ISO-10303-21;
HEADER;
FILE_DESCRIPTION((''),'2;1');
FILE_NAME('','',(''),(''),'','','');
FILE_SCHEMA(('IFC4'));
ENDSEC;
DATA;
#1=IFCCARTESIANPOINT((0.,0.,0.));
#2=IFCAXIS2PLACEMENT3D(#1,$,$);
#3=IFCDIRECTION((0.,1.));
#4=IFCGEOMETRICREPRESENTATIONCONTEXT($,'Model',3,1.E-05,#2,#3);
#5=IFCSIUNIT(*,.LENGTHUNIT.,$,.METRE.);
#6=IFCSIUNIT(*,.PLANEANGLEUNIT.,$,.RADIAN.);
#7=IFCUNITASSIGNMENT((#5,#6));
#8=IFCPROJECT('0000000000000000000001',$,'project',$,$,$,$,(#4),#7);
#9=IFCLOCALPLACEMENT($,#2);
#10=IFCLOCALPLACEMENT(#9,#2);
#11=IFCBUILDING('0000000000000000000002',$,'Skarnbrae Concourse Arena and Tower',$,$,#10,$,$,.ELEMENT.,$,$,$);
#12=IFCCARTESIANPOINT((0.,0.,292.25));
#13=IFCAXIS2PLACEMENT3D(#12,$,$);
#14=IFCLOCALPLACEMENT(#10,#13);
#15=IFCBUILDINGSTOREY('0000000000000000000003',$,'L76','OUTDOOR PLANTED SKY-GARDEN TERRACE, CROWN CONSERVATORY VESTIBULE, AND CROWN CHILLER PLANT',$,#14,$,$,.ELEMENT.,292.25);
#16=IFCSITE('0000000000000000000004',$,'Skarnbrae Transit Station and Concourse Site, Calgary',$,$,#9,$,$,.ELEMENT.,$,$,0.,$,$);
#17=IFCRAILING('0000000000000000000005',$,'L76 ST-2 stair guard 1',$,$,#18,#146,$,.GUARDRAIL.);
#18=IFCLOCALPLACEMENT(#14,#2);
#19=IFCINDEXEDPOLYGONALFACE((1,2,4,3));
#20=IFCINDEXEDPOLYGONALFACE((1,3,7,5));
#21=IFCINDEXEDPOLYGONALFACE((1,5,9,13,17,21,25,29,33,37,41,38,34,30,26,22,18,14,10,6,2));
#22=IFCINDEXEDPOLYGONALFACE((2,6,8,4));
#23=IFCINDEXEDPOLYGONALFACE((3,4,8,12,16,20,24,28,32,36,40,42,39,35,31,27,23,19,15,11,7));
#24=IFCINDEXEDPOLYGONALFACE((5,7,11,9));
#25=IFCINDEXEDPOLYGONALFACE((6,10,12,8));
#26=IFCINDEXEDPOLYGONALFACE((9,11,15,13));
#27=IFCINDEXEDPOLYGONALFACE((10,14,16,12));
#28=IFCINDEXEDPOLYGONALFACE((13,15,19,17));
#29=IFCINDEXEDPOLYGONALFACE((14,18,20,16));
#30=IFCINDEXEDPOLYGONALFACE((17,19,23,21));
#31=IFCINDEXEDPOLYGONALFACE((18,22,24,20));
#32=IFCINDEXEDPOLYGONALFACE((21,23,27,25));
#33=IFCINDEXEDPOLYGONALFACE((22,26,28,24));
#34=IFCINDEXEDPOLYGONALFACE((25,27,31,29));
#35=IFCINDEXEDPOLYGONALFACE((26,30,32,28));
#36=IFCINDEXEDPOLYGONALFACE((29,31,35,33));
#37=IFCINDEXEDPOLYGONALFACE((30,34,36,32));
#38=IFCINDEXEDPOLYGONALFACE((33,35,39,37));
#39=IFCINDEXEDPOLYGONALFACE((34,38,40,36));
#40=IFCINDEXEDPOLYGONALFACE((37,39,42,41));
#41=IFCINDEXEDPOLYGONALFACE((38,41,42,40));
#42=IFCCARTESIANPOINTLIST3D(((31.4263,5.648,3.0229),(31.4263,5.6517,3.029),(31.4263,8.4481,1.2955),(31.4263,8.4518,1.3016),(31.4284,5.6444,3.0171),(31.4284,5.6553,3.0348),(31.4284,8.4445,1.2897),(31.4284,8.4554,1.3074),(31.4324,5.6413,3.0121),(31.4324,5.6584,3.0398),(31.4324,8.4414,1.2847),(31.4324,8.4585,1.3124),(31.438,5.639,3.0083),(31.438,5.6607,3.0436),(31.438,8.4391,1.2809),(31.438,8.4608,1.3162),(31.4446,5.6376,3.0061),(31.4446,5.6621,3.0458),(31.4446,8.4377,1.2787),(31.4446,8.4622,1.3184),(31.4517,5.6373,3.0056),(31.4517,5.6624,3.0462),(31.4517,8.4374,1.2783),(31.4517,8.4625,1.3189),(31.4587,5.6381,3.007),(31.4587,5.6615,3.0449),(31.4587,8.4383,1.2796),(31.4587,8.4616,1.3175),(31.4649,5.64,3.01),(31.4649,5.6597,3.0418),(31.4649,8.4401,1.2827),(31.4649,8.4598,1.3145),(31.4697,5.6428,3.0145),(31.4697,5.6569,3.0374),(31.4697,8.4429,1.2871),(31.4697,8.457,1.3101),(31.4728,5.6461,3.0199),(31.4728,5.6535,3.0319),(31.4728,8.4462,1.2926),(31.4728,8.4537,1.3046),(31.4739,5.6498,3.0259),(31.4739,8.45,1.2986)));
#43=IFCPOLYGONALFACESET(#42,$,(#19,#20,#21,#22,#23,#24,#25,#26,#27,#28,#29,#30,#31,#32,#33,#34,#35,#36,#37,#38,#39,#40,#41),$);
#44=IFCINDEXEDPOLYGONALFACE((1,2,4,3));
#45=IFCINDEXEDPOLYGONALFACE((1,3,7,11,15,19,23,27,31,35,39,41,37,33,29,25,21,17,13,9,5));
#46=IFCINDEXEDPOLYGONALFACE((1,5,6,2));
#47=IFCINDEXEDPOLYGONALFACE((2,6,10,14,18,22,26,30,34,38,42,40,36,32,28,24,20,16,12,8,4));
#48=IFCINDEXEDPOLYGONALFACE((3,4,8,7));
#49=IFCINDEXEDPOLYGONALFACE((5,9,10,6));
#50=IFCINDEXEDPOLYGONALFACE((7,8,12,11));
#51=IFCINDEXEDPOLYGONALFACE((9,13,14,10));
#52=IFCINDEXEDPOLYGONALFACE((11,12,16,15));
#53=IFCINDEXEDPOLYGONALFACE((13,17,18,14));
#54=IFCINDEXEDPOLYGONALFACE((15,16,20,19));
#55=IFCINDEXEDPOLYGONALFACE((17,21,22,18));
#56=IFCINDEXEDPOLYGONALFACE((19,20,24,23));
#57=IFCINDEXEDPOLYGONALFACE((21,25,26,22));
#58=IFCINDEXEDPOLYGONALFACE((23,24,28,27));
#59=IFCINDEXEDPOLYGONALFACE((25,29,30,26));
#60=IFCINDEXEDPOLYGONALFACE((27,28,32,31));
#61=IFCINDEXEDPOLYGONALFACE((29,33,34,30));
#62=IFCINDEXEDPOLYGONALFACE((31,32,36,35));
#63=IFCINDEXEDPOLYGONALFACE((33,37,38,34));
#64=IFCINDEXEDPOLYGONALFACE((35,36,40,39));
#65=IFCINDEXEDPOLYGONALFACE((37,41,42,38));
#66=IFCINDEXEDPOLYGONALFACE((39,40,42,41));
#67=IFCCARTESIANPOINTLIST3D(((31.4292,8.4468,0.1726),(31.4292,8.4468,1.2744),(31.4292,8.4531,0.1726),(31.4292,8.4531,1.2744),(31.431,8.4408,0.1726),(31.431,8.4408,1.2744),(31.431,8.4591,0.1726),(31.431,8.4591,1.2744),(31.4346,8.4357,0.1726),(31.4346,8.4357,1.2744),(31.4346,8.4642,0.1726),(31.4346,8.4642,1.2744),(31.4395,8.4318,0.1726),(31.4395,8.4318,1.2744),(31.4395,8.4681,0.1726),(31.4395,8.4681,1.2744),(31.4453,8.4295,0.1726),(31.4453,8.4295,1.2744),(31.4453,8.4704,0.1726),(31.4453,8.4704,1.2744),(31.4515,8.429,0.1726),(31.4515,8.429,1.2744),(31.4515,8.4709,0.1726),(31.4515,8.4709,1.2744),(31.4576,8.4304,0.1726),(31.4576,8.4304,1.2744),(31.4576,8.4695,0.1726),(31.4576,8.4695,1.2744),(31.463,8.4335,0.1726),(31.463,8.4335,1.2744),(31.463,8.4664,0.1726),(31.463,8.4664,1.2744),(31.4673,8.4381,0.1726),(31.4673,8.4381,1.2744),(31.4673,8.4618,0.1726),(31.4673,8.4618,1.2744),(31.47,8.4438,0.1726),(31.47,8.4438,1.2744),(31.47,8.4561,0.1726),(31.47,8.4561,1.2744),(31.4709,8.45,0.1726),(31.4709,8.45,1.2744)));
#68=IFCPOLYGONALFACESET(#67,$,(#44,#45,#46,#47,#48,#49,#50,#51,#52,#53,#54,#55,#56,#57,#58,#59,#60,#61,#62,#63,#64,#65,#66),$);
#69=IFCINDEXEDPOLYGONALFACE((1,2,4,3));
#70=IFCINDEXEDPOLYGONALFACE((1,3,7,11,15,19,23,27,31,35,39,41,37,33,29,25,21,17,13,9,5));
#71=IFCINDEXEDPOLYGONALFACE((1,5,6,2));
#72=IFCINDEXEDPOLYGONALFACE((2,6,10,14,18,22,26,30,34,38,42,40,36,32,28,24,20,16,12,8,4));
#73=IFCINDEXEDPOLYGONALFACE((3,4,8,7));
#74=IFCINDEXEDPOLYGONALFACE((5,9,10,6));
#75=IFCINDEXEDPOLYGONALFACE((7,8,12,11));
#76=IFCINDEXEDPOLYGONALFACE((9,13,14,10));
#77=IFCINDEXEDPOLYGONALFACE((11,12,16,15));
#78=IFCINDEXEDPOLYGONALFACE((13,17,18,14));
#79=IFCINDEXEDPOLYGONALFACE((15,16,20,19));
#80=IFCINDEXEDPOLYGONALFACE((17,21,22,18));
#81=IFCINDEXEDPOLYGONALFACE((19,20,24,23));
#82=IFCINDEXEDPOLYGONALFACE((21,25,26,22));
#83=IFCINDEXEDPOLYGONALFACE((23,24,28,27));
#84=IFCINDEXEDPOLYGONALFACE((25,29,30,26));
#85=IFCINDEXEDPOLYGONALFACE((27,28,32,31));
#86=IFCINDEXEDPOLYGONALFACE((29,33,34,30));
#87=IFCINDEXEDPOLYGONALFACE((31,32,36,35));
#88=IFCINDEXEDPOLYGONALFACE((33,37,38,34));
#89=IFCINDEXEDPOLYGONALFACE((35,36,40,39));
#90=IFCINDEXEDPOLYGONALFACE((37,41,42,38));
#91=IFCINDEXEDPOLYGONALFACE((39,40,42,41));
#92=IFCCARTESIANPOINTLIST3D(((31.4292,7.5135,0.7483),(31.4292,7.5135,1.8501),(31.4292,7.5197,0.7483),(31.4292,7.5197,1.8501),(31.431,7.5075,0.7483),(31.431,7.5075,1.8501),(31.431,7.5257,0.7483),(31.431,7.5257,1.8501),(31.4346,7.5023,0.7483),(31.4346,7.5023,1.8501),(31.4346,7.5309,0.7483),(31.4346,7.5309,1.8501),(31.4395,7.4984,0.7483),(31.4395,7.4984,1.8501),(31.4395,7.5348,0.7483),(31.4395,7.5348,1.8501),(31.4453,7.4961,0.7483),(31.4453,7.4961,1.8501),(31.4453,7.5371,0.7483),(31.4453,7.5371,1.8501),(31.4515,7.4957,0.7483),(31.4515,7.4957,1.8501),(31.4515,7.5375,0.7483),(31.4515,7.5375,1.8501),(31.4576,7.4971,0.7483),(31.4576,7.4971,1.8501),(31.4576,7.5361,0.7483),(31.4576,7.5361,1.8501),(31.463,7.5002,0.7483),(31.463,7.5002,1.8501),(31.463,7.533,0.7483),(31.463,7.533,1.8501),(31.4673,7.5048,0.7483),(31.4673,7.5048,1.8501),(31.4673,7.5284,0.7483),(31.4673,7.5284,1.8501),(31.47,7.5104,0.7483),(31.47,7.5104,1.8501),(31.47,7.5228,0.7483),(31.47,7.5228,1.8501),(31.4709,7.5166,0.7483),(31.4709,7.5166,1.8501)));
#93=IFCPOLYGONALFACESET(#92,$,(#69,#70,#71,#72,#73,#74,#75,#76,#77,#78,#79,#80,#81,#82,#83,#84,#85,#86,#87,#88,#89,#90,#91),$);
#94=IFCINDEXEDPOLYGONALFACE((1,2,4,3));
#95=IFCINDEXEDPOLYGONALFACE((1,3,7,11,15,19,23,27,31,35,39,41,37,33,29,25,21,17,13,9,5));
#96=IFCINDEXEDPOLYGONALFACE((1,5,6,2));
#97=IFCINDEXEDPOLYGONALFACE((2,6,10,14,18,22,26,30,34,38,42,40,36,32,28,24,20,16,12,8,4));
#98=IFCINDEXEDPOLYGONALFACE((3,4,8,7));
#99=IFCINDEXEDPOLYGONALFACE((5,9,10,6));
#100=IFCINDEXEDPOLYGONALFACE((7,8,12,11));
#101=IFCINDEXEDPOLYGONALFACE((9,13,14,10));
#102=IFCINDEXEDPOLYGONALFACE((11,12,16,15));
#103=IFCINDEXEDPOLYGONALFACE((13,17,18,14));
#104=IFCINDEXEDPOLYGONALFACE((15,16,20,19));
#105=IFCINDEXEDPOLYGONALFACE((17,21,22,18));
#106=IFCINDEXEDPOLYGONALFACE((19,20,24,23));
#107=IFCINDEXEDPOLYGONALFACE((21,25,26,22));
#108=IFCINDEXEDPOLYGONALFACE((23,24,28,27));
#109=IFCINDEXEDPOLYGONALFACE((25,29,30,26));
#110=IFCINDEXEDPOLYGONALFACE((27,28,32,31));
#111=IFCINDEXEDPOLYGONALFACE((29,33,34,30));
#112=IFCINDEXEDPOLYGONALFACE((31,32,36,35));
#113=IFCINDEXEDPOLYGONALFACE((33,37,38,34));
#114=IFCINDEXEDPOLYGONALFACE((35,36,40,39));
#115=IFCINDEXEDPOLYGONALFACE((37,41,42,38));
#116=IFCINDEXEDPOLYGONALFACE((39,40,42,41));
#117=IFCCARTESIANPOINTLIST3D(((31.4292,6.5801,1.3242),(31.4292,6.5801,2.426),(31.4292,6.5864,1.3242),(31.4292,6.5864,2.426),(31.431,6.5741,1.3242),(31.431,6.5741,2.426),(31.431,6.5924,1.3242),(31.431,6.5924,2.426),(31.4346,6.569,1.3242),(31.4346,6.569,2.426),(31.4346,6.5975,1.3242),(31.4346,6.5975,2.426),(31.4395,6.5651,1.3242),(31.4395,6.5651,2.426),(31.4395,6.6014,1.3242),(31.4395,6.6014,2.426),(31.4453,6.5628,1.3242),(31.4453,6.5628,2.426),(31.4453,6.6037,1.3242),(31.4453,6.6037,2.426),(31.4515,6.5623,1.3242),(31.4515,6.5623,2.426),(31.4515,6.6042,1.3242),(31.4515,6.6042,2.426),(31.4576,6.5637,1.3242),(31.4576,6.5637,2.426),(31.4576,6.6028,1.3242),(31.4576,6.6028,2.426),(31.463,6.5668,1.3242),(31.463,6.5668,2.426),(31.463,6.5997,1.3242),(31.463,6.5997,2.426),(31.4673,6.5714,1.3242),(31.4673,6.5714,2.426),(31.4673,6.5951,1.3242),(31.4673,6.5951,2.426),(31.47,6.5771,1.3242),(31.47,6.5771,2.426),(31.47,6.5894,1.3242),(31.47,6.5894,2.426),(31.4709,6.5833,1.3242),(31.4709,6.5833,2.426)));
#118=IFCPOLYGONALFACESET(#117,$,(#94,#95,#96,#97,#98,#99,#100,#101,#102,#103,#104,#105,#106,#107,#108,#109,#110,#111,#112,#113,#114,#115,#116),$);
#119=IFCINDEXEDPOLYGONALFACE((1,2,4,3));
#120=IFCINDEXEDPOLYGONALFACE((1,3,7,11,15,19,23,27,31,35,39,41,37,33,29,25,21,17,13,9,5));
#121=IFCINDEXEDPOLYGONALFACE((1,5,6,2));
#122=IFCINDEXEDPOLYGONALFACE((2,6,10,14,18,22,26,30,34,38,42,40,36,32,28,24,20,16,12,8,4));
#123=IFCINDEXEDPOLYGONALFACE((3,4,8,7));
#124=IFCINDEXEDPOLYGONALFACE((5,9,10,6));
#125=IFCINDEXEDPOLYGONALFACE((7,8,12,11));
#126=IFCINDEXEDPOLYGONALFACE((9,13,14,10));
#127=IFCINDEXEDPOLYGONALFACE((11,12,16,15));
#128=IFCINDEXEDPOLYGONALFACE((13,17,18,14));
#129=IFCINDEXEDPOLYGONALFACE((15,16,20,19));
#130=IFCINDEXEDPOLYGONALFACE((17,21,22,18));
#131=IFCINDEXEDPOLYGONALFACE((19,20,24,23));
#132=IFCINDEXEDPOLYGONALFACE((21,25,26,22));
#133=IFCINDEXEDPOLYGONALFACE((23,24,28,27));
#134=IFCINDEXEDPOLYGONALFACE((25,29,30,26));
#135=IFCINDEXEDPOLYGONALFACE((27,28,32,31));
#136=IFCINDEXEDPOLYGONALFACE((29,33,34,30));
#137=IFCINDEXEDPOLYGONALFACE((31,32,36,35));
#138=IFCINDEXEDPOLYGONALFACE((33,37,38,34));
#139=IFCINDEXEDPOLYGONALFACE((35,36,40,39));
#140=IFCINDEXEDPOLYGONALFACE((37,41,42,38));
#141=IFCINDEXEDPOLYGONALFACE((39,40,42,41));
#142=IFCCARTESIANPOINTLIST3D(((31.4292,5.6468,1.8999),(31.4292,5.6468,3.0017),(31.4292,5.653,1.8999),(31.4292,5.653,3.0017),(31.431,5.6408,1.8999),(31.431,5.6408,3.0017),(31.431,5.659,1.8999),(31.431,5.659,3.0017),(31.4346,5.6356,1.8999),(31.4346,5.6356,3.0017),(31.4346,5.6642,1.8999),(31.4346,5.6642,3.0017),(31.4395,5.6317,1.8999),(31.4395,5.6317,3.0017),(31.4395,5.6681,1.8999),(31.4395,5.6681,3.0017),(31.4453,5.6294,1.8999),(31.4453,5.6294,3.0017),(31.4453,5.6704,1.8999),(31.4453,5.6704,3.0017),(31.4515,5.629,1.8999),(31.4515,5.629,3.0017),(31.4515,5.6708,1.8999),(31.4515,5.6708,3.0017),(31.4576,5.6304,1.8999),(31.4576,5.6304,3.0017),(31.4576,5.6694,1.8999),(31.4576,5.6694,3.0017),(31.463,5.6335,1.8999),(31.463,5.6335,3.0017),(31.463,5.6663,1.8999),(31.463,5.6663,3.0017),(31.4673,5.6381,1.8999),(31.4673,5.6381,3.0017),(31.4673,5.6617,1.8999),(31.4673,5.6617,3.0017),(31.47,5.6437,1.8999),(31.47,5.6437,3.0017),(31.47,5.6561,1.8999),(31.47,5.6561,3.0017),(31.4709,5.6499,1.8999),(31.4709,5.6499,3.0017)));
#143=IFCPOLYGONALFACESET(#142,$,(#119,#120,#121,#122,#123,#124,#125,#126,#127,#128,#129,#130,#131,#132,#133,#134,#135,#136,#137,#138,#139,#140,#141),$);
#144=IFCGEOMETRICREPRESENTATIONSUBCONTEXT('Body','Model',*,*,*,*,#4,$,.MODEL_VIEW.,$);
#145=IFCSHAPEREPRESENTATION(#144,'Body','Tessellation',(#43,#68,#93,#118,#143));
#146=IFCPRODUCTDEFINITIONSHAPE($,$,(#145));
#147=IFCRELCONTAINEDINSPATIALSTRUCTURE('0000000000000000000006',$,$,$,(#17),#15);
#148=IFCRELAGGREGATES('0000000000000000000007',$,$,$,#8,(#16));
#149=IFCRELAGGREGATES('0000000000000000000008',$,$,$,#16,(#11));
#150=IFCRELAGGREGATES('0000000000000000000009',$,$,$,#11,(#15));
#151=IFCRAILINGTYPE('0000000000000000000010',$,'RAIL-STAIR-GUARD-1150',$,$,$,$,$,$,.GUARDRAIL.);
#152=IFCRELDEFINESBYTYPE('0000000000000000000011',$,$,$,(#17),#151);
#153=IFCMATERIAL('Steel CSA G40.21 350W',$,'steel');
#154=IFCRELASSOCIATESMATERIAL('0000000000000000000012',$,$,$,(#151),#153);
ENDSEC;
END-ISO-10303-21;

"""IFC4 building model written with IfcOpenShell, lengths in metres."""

from ifc_helpers import new_model, si_unit, direction, frame, origin, origin_2d, place, context, subcontext, project, spatial, circle, extrude, material, type_object, element, save


model = new_model("IFC4")

# Units and contexts
model_context = context("Model", 3, precision=1e-05, world=origin(), true_north=direction((0.0, 1.0)))
body_context = subcontext(model_context, "Body", "Model", "MODEL_VIEW")
ifc_project = project(units=[si_unit("LENGTHUNIT", "METRE"), si_unit("PLANEANGLEUNIT", "RADIAN")], contexts=[model_context])

# Site, building, storey
site_placement = place(None, origin())
site = spatial("IfcSite", under=ifc_project, at=site_placement, Name="Skarnbrae Transit Station and Concourse Site, Calgary", CompositionType="ELEMENT", RefElevation=0.0)
building_placement = place(site_placement, origin())
building = spatial("IfcBuilding", under=site, at=building_placement, Name="Skarnbrae Concourse Arena and Tower", CompositionType="ELEMENT")
storey_placement = place(building_placement, frame((0.0, 0.0, 292.25)))
storey = spatial("IfcBuildingStorey", under=building, at=storey_placement, Name="L76", Description="OUTDOOR PLANTED SKY-GARDEN TERRACE, CROWN CONSERVATORY VESTIBULE, AND CROWN CHILLER PLANT", CompositionType="ELEMENT", Elevation=292.25)

# Shared definitions
ifc_material_1 = material(Name="Steel CSA G40.21 350W", Category="steel")

# Railing
railing_type_1 = type_object("IfcRailingType", Name="RAIL-STAIR-GUARD-1150", PredefinedType="GUARDRAIL", material=ifc_material_1)
railing_1_placement = place(storey_placement, frame((31.45, 8.45, 0.1726)))
element("IfcRailing", 1, at=railing_1_placement, inside=storey, type_object=railing_type_1, Name="L76 ST-2 stair guard 1", PredefinedType="GUARDRAIL", context=body_context, shape_type="SweptSolid", body=[
    extrude(circle(Radius=0.0239, at=origin_2d()), frame((0.0, 0.0, 1.126), z_axis=(0.0, -0.85109, 0.52502), x_axis=(1.0, 0.0, 0.0)), (0.0, 0.0, 1.0), 3.29),
    extrude(circle(Radius=0.021, at=origin_2d()), origin(), (0.0, 0.0, 1.0), 1.1018),
    extrude(circle(Radius=0.021, at=origin_2d()), frame((0.0, -0.9333, 0.5757)), (0.0, 0.0, 1.0), 1.1018),
    extrude(circle(Radius=0.021, at=origin_2d()), frame((0.0, -1.8667, 1.1516)), (0.0, 0.0, 1.0), 1.1018),
    extrude(circle(Radius=0.021, at=origin_2d()), frame((0.0, -2.8, 1.7273)), (0.0, 0.0, 1.0), 1.1018),
])

save(model, "model.ifc")
